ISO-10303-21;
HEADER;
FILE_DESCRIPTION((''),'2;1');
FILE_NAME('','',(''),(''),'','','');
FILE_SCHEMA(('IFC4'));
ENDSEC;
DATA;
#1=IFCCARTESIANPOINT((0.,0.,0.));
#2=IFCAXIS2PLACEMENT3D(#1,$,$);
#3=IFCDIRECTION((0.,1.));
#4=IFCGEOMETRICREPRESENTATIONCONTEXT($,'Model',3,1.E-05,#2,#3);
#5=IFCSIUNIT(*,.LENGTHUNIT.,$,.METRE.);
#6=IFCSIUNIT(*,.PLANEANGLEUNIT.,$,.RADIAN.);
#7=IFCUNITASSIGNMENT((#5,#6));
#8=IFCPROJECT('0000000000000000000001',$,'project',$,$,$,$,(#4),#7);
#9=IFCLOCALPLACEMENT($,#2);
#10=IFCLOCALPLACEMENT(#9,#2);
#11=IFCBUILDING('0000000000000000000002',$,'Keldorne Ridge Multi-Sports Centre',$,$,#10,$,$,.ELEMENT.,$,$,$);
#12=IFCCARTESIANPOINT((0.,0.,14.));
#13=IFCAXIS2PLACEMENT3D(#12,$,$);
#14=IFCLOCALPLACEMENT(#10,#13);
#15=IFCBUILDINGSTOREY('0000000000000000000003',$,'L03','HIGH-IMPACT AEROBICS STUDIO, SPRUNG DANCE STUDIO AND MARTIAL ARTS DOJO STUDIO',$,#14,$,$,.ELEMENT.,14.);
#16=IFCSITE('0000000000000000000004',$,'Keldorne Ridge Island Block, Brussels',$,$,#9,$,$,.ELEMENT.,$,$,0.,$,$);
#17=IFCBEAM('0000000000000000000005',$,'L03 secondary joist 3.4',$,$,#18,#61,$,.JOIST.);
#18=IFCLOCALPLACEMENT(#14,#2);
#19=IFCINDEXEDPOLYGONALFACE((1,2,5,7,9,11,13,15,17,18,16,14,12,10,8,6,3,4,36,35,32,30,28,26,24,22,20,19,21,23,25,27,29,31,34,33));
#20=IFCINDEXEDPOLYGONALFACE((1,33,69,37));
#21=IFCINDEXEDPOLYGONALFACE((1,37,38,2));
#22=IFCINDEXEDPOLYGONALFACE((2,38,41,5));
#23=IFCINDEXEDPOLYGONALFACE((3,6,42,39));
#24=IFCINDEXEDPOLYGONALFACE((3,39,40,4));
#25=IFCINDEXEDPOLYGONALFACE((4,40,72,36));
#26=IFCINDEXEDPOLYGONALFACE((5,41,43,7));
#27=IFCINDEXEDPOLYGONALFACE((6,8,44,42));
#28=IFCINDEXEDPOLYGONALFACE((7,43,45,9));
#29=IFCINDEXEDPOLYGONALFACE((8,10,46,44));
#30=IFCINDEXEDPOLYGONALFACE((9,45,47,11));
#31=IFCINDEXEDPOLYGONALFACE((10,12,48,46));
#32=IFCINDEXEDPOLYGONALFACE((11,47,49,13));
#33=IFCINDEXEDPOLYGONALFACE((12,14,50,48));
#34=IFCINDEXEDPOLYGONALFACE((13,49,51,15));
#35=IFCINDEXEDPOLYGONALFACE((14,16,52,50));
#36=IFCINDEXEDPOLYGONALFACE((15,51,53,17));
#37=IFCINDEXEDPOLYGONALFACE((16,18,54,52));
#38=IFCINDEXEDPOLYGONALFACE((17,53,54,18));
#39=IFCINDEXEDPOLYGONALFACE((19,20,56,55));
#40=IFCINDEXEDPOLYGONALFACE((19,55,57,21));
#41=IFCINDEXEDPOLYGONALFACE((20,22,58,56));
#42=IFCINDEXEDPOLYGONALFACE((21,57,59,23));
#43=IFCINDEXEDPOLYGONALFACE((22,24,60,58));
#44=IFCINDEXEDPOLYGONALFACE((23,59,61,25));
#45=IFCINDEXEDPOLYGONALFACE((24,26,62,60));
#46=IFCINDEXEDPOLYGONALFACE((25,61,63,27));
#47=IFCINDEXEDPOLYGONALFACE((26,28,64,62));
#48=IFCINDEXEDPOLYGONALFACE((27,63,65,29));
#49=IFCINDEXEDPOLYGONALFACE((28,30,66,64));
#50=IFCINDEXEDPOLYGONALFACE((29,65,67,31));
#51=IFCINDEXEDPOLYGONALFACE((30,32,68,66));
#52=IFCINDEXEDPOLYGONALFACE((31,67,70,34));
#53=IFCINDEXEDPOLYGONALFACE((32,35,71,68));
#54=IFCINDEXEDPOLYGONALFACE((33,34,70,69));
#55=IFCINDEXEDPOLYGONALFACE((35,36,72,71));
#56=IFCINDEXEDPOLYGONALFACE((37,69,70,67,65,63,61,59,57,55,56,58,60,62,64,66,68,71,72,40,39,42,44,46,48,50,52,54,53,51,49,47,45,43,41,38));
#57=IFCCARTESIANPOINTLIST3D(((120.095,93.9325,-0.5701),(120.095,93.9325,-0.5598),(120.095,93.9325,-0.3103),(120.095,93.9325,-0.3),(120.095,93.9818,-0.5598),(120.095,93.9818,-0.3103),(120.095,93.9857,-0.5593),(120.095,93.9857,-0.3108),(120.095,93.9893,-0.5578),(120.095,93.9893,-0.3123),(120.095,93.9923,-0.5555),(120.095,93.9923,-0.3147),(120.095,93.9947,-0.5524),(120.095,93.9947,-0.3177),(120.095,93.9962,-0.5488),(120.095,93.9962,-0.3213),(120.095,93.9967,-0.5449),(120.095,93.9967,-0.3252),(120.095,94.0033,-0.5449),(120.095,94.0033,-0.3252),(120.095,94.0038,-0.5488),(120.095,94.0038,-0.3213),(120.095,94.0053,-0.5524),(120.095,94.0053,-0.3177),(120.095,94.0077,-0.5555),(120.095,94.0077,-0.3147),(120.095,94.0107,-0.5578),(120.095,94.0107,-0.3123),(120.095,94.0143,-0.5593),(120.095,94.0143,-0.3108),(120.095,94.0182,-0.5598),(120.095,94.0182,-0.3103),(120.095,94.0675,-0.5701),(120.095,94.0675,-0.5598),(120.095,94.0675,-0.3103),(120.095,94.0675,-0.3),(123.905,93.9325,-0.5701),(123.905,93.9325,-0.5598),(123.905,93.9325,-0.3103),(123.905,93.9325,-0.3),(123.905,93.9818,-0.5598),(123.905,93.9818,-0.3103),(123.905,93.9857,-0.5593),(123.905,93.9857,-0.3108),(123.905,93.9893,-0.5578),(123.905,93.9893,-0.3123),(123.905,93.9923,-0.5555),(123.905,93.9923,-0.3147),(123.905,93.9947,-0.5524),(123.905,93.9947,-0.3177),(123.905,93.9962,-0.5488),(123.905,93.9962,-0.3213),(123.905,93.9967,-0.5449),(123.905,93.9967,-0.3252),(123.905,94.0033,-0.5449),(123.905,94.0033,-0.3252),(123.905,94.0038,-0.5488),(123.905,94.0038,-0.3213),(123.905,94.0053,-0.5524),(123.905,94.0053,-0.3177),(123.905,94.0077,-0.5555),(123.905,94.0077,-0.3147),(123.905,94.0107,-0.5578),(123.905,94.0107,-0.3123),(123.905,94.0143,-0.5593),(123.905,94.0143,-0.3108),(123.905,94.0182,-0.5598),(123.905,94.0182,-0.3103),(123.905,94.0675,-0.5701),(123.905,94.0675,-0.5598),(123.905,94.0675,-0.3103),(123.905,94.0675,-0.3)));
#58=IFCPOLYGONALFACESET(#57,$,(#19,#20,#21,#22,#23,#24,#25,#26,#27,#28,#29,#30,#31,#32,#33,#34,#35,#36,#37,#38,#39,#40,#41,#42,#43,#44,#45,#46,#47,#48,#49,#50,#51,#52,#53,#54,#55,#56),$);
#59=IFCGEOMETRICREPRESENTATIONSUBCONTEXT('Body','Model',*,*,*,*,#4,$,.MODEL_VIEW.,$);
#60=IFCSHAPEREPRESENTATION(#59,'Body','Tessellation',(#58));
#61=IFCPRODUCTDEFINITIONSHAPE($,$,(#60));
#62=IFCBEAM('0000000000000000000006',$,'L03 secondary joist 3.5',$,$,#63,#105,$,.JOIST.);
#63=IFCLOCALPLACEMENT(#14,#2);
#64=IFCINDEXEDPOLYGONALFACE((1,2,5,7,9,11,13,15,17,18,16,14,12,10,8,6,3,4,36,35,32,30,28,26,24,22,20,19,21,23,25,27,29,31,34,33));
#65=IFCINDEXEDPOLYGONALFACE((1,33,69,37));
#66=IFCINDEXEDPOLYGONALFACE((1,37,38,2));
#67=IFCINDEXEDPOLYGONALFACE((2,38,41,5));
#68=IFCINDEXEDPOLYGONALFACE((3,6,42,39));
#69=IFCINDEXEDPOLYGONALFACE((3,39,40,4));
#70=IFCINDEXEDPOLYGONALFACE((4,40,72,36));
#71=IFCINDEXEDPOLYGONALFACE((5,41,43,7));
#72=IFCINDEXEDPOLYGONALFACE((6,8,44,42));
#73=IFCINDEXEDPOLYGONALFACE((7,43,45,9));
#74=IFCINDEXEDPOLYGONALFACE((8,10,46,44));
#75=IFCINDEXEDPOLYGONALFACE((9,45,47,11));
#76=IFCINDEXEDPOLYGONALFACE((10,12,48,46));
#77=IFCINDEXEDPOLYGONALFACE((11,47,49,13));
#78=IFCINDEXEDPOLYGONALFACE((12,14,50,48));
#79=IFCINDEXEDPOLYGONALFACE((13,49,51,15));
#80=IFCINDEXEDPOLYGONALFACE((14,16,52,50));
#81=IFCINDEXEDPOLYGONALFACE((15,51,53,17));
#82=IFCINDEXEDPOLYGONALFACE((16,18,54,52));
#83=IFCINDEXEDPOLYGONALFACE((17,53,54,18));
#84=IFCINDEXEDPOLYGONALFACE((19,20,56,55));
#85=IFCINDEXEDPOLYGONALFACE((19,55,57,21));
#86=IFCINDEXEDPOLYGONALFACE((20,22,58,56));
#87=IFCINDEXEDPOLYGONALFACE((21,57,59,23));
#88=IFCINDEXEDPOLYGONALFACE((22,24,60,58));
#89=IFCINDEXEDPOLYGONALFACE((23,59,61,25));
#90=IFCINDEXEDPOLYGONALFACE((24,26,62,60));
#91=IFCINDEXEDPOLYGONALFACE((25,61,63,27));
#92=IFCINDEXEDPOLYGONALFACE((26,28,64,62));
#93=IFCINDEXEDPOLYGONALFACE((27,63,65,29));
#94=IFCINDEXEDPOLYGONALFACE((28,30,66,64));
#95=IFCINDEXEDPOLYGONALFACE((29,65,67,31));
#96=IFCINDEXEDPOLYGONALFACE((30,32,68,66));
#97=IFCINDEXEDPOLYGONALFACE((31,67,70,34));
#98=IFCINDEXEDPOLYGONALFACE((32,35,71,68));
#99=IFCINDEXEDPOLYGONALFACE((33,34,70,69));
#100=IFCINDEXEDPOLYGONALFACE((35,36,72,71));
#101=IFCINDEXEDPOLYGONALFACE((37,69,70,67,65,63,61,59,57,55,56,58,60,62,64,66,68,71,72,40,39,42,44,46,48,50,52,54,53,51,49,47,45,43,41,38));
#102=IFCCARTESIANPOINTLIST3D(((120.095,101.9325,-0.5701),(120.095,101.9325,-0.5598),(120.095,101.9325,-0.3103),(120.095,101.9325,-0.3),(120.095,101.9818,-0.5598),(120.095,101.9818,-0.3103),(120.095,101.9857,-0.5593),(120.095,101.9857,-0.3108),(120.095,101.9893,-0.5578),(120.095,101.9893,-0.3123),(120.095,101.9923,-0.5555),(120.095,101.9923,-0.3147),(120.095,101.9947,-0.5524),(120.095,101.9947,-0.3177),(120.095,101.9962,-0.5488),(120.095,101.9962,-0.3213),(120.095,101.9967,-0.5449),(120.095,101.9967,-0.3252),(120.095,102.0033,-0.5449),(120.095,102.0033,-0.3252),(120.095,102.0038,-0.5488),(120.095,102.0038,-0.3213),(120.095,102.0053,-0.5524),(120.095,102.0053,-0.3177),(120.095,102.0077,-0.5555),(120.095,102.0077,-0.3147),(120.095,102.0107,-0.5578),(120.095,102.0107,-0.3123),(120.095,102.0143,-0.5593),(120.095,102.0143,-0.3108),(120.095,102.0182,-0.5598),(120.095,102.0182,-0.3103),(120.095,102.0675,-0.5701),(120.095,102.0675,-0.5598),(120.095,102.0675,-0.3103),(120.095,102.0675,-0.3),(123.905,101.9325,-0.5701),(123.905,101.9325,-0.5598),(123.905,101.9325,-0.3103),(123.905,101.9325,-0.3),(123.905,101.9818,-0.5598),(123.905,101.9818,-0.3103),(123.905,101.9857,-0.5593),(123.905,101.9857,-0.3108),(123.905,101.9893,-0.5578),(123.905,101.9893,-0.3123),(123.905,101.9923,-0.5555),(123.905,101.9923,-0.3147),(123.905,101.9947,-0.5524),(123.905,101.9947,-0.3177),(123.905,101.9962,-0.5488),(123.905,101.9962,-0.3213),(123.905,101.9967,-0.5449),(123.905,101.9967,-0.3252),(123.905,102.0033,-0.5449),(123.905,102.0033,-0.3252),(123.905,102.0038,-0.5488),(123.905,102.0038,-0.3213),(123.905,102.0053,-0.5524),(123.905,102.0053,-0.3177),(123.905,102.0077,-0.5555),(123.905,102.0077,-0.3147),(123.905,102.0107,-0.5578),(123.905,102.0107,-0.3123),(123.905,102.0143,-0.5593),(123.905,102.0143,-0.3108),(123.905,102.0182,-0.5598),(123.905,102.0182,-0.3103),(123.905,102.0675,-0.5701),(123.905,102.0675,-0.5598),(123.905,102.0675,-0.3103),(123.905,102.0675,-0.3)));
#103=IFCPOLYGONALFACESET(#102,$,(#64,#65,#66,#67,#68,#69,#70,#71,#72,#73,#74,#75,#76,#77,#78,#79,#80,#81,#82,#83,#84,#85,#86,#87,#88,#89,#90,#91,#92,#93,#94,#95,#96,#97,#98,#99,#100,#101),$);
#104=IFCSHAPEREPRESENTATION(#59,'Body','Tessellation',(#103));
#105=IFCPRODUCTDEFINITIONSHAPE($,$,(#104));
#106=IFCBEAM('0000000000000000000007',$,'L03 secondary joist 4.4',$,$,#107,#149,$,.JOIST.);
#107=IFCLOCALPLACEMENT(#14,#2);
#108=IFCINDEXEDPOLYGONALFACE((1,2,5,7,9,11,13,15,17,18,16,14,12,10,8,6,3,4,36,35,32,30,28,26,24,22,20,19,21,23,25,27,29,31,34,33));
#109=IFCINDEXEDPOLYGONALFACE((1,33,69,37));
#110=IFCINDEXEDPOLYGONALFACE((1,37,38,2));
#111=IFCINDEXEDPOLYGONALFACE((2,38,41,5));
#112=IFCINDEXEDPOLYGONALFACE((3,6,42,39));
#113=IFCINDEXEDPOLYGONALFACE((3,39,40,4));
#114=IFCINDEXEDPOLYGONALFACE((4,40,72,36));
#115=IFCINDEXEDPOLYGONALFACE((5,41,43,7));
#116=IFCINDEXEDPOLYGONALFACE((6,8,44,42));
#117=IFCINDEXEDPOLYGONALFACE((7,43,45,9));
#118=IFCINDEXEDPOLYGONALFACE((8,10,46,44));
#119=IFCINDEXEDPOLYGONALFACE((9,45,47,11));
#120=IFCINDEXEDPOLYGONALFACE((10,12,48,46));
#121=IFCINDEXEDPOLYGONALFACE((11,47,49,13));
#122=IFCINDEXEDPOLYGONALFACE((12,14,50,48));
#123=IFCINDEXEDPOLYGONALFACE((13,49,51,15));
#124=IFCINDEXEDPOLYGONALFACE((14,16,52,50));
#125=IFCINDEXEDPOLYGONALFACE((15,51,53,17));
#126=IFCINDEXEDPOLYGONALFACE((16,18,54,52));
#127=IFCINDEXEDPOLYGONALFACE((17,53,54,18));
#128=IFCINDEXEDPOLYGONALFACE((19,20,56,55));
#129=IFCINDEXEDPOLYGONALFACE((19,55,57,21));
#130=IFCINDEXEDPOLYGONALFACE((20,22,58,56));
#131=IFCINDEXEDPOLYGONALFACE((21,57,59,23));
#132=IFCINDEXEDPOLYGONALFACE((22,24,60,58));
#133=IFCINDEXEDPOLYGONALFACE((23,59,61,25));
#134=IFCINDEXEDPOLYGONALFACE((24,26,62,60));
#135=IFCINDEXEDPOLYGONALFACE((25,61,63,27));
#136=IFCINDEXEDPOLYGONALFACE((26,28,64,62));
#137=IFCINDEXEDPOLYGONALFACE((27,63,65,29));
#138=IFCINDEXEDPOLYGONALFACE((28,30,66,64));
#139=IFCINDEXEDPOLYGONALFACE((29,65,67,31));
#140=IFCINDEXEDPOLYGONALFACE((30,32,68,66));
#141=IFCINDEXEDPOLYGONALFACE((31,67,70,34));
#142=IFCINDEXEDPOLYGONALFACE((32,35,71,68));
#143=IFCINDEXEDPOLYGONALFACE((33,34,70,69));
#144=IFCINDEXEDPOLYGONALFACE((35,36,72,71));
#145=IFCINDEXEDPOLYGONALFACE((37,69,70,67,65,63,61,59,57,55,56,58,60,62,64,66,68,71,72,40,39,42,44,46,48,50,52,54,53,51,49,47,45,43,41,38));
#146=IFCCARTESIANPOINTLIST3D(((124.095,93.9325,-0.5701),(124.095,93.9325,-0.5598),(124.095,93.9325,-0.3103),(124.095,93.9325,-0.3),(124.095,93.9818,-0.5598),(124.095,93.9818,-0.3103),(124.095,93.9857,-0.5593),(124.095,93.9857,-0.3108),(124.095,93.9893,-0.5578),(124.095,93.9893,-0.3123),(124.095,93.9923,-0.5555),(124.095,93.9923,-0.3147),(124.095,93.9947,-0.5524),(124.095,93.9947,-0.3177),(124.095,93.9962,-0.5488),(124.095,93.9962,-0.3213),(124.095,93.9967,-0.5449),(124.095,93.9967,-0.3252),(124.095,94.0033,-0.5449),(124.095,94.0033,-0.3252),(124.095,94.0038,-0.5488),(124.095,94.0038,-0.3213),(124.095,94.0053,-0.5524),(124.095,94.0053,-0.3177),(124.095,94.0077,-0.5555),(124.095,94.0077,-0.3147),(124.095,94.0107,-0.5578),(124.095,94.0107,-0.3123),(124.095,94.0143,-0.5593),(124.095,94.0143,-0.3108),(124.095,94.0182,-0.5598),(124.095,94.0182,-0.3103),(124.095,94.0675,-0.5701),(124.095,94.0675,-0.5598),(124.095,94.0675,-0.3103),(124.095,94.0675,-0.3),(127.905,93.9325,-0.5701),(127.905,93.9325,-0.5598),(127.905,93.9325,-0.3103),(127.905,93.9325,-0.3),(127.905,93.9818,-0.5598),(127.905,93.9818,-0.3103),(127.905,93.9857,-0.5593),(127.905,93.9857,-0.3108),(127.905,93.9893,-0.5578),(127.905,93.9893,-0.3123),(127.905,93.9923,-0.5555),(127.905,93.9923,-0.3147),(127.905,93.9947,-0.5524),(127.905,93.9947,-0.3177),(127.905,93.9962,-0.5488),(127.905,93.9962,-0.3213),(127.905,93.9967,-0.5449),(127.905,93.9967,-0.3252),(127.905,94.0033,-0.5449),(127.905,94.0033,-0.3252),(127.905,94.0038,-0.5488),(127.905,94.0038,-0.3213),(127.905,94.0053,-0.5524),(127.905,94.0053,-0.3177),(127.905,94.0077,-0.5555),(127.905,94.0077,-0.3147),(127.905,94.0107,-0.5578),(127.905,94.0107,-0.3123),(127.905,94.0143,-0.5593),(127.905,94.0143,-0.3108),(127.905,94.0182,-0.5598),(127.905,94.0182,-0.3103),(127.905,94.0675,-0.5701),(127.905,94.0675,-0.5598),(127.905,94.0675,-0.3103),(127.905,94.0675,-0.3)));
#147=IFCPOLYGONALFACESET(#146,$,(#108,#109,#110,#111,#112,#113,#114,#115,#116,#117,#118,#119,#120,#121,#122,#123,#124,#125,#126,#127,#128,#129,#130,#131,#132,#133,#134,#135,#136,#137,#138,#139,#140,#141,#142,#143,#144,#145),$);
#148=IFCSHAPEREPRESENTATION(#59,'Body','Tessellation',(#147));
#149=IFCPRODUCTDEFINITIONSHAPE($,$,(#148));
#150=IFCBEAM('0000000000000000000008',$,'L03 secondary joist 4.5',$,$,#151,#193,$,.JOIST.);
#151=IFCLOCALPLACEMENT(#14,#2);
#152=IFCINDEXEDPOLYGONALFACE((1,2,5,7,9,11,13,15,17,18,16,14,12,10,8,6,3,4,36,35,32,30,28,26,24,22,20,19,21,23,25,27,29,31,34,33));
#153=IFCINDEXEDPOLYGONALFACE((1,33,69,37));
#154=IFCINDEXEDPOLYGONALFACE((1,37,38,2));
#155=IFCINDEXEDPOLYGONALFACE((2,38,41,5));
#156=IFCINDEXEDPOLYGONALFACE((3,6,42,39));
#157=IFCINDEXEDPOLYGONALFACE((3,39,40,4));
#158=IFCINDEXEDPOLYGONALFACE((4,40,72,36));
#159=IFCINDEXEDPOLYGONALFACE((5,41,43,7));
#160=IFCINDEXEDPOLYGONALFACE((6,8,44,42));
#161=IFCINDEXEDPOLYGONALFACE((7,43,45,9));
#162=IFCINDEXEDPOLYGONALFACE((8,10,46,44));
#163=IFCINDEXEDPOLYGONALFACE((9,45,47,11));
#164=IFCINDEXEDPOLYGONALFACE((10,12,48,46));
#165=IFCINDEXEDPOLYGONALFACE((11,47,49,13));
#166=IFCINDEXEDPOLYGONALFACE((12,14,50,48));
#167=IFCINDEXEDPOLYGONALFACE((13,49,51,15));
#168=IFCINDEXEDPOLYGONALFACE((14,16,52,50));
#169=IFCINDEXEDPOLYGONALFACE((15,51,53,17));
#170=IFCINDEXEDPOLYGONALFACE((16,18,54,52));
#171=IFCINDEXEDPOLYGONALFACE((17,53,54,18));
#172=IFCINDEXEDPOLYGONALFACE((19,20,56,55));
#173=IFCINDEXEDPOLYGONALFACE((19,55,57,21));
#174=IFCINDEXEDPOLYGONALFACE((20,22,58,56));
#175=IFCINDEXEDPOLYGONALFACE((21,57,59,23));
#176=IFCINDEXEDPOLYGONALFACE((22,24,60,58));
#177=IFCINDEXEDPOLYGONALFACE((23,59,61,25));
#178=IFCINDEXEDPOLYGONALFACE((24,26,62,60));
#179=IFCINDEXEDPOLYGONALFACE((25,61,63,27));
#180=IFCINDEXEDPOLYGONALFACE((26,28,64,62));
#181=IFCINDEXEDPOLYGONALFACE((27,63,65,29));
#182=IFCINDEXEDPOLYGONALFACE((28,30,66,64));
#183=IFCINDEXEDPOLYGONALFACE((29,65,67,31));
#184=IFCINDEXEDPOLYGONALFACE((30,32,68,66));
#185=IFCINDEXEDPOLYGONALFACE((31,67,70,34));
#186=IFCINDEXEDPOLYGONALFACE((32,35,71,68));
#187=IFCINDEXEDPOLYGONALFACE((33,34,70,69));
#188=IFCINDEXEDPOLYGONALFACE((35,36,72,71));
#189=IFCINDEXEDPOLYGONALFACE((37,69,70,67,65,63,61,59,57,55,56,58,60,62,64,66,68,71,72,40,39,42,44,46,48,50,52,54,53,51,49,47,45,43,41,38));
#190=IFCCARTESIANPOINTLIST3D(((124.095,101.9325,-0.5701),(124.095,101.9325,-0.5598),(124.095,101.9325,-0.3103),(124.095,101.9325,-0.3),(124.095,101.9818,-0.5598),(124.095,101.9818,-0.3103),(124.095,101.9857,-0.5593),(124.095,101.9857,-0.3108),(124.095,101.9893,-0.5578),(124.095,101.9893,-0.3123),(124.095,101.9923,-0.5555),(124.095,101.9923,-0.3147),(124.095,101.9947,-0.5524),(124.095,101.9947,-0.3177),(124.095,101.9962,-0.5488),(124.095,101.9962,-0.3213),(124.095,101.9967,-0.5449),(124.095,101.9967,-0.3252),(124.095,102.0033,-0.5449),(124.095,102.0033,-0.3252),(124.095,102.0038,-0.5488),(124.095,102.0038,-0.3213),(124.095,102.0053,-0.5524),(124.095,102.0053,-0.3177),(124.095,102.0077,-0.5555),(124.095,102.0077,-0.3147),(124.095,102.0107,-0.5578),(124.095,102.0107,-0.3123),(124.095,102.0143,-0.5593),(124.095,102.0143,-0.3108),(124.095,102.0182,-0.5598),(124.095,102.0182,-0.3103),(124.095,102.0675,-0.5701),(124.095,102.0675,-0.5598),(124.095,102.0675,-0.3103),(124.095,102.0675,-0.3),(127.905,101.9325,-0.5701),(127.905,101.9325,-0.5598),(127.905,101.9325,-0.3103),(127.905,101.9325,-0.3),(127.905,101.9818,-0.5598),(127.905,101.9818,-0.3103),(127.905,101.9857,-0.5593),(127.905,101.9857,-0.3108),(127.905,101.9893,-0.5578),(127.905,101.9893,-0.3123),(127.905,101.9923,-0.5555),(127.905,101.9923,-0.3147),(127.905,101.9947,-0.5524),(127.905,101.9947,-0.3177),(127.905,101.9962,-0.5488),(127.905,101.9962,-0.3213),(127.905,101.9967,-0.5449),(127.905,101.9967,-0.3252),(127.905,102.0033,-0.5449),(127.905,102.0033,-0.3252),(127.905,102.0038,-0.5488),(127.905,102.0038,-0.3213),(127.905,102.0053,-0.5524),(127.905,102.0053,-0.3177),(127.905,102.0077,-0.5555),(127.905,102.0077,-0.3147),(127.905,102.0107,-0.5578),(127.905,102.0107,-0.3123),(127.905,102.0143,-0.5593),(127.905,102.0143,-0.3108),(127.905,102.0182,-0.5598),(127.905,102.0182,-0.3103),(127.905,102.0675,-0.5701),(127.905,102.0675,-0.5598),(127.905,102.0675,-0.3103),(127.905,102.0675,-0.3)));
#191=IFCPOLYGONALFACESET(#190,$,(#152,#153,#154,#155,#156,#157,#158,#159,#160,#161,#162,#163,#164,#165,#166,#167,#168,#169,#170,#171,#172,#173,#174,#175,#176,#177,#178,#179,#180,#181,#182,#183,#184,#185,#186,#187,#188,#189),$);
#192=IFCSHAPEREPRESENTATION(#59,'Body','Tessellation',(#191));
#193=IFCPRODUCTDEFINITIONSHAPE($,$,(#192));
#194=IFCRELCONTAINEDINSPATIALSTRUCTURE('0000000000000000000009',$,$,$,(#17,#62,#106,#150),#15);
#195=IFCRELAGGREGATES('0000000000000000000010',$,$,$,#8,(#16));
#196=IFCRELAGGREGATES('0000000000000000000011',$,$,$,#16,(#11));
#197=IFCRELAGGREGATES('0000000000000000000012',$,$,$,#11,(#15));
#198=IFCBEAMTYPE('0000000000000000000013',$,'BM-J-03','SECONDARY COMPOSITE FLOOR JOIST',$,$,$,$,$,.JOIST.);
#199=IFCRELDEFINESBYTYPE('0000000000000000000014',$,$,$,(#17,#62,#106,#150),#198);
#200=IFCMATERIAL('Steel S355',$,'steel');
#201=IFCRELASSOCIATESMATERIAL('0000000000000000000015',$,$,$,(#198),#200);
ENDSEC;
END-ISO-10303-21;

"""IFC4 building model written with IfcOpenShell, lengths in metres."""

from ifc_helpers import new_model, si_unit, direction, frame, origin, origin_2d, place, context, subcontext, project, spatial, i_section, extrude, material, material_profile, profile_set, type_object, element, save


model = new_model("IFC4")

# Units and contexts
model_context = context("Model", 3, precision=1e-05, world=origin(), true_north=direction((0.0, 1.0)))
body_context = subcontext(model_context, "Body", "Model", "MODEL_VIEW")
ifc_project = project(units=[si_unit("LENGTHUNIT", "METRE"), si_unit("PLANEANGLEUNIT", "RADIAN")], contexts=[model_context])

# Site, building, storey
site_placement = place(None, origin())
site = spatial("IfcSite", under=ifc_project, at=site_placement, Name="Keldorne Ridge Island Block, Brussels", CompositionType="ELEMENT", RefElevation=0.0)
building_placement = place(site_placement, origin())
building = spatial("IfcBuilding", under=site, at=building_placement, Name="Keldorne Ridge Multi-Sports Centre", CompositionType="ELEMENT")
storey_placement = place(building_placement, frame((0.0, 0.0, 14.0)))
storey = spatial("IfcBuildingStorey", under=building, at=storey_placement, Name="L03", Description="HIGH-IMPACT AEROBICS STUDIO, SPRUNG DANCE STUDIO AND MARTIAL ARTS DOJO STUDIO", CompositionType="ELEMENT", Elevation=14.0)

# Shared definitions
ifc_material_1 = material(Name="Steel S355", Category="steel")

# Beams
ifc_material_profile_1 = material_profile(ifc_material_1, i_section(OverallWidth=0.135, OverallDepth=0.27, WebThickness=0.0066, FlangeThickness=0.0103, FilletRadius=0.0149, at=origin_2d()), Name="IPE 270")
ifc_profile_set_1 = profile_set([ifc_material_profile_1], Name="Steel S355")
beam_type_1 = type_object("IfcBeamType", Name="BM-J-03", Description="SECONDARY COMPOSITE FLOOR JOIST", PredefinedType="JOIST", material=ifc_profile_set_1)
for number, where, z_axis, x_axis, name in (
    (1, (120.095, 94.0, -0.4351), (1.0, 0.0, 0.0), (0.0, 1.0, 0.0), "L03 secondary joist 3.4"),
    (2, (120.095, 102.0, -0.4351), (1.0, 0.0, 0.0), (0.0, 1.0, 0.0), "L03 secondary joist 3.5"),
    (3, (124.095, 94.0, -0.4351), (1.0, 0.0, 0.0), (0.0, 1.0, 0.0), "L03 secondary joist 4.4"),
    (4, (124.095, 102.0, -0.4351), (1.0, 0.0, 0.0), (0.0, 1.0, 0.0), "L03 secondary joist 4.5"),
):
    element("IfcBeam", number, at=place(storey_placement, frame(where, z_axis=z_axis, x_axis=x_axis)), inside=storey, type_object=beam_type_1, Name=name, PredefinedType="JOIST", context=body_context, shape_type="SweptSolid", body=[
        extrude(i_section(OverallWidth=0.135, OverallDepth=0.27, WebThickness=0.0066, FlangeThickness=0.0103, FilletRadius=0.0149, at=origin_2d()), origin(), (0.0, 0.0, 1.0), 3.8101),
    ])

save(model, "model.ifc")
